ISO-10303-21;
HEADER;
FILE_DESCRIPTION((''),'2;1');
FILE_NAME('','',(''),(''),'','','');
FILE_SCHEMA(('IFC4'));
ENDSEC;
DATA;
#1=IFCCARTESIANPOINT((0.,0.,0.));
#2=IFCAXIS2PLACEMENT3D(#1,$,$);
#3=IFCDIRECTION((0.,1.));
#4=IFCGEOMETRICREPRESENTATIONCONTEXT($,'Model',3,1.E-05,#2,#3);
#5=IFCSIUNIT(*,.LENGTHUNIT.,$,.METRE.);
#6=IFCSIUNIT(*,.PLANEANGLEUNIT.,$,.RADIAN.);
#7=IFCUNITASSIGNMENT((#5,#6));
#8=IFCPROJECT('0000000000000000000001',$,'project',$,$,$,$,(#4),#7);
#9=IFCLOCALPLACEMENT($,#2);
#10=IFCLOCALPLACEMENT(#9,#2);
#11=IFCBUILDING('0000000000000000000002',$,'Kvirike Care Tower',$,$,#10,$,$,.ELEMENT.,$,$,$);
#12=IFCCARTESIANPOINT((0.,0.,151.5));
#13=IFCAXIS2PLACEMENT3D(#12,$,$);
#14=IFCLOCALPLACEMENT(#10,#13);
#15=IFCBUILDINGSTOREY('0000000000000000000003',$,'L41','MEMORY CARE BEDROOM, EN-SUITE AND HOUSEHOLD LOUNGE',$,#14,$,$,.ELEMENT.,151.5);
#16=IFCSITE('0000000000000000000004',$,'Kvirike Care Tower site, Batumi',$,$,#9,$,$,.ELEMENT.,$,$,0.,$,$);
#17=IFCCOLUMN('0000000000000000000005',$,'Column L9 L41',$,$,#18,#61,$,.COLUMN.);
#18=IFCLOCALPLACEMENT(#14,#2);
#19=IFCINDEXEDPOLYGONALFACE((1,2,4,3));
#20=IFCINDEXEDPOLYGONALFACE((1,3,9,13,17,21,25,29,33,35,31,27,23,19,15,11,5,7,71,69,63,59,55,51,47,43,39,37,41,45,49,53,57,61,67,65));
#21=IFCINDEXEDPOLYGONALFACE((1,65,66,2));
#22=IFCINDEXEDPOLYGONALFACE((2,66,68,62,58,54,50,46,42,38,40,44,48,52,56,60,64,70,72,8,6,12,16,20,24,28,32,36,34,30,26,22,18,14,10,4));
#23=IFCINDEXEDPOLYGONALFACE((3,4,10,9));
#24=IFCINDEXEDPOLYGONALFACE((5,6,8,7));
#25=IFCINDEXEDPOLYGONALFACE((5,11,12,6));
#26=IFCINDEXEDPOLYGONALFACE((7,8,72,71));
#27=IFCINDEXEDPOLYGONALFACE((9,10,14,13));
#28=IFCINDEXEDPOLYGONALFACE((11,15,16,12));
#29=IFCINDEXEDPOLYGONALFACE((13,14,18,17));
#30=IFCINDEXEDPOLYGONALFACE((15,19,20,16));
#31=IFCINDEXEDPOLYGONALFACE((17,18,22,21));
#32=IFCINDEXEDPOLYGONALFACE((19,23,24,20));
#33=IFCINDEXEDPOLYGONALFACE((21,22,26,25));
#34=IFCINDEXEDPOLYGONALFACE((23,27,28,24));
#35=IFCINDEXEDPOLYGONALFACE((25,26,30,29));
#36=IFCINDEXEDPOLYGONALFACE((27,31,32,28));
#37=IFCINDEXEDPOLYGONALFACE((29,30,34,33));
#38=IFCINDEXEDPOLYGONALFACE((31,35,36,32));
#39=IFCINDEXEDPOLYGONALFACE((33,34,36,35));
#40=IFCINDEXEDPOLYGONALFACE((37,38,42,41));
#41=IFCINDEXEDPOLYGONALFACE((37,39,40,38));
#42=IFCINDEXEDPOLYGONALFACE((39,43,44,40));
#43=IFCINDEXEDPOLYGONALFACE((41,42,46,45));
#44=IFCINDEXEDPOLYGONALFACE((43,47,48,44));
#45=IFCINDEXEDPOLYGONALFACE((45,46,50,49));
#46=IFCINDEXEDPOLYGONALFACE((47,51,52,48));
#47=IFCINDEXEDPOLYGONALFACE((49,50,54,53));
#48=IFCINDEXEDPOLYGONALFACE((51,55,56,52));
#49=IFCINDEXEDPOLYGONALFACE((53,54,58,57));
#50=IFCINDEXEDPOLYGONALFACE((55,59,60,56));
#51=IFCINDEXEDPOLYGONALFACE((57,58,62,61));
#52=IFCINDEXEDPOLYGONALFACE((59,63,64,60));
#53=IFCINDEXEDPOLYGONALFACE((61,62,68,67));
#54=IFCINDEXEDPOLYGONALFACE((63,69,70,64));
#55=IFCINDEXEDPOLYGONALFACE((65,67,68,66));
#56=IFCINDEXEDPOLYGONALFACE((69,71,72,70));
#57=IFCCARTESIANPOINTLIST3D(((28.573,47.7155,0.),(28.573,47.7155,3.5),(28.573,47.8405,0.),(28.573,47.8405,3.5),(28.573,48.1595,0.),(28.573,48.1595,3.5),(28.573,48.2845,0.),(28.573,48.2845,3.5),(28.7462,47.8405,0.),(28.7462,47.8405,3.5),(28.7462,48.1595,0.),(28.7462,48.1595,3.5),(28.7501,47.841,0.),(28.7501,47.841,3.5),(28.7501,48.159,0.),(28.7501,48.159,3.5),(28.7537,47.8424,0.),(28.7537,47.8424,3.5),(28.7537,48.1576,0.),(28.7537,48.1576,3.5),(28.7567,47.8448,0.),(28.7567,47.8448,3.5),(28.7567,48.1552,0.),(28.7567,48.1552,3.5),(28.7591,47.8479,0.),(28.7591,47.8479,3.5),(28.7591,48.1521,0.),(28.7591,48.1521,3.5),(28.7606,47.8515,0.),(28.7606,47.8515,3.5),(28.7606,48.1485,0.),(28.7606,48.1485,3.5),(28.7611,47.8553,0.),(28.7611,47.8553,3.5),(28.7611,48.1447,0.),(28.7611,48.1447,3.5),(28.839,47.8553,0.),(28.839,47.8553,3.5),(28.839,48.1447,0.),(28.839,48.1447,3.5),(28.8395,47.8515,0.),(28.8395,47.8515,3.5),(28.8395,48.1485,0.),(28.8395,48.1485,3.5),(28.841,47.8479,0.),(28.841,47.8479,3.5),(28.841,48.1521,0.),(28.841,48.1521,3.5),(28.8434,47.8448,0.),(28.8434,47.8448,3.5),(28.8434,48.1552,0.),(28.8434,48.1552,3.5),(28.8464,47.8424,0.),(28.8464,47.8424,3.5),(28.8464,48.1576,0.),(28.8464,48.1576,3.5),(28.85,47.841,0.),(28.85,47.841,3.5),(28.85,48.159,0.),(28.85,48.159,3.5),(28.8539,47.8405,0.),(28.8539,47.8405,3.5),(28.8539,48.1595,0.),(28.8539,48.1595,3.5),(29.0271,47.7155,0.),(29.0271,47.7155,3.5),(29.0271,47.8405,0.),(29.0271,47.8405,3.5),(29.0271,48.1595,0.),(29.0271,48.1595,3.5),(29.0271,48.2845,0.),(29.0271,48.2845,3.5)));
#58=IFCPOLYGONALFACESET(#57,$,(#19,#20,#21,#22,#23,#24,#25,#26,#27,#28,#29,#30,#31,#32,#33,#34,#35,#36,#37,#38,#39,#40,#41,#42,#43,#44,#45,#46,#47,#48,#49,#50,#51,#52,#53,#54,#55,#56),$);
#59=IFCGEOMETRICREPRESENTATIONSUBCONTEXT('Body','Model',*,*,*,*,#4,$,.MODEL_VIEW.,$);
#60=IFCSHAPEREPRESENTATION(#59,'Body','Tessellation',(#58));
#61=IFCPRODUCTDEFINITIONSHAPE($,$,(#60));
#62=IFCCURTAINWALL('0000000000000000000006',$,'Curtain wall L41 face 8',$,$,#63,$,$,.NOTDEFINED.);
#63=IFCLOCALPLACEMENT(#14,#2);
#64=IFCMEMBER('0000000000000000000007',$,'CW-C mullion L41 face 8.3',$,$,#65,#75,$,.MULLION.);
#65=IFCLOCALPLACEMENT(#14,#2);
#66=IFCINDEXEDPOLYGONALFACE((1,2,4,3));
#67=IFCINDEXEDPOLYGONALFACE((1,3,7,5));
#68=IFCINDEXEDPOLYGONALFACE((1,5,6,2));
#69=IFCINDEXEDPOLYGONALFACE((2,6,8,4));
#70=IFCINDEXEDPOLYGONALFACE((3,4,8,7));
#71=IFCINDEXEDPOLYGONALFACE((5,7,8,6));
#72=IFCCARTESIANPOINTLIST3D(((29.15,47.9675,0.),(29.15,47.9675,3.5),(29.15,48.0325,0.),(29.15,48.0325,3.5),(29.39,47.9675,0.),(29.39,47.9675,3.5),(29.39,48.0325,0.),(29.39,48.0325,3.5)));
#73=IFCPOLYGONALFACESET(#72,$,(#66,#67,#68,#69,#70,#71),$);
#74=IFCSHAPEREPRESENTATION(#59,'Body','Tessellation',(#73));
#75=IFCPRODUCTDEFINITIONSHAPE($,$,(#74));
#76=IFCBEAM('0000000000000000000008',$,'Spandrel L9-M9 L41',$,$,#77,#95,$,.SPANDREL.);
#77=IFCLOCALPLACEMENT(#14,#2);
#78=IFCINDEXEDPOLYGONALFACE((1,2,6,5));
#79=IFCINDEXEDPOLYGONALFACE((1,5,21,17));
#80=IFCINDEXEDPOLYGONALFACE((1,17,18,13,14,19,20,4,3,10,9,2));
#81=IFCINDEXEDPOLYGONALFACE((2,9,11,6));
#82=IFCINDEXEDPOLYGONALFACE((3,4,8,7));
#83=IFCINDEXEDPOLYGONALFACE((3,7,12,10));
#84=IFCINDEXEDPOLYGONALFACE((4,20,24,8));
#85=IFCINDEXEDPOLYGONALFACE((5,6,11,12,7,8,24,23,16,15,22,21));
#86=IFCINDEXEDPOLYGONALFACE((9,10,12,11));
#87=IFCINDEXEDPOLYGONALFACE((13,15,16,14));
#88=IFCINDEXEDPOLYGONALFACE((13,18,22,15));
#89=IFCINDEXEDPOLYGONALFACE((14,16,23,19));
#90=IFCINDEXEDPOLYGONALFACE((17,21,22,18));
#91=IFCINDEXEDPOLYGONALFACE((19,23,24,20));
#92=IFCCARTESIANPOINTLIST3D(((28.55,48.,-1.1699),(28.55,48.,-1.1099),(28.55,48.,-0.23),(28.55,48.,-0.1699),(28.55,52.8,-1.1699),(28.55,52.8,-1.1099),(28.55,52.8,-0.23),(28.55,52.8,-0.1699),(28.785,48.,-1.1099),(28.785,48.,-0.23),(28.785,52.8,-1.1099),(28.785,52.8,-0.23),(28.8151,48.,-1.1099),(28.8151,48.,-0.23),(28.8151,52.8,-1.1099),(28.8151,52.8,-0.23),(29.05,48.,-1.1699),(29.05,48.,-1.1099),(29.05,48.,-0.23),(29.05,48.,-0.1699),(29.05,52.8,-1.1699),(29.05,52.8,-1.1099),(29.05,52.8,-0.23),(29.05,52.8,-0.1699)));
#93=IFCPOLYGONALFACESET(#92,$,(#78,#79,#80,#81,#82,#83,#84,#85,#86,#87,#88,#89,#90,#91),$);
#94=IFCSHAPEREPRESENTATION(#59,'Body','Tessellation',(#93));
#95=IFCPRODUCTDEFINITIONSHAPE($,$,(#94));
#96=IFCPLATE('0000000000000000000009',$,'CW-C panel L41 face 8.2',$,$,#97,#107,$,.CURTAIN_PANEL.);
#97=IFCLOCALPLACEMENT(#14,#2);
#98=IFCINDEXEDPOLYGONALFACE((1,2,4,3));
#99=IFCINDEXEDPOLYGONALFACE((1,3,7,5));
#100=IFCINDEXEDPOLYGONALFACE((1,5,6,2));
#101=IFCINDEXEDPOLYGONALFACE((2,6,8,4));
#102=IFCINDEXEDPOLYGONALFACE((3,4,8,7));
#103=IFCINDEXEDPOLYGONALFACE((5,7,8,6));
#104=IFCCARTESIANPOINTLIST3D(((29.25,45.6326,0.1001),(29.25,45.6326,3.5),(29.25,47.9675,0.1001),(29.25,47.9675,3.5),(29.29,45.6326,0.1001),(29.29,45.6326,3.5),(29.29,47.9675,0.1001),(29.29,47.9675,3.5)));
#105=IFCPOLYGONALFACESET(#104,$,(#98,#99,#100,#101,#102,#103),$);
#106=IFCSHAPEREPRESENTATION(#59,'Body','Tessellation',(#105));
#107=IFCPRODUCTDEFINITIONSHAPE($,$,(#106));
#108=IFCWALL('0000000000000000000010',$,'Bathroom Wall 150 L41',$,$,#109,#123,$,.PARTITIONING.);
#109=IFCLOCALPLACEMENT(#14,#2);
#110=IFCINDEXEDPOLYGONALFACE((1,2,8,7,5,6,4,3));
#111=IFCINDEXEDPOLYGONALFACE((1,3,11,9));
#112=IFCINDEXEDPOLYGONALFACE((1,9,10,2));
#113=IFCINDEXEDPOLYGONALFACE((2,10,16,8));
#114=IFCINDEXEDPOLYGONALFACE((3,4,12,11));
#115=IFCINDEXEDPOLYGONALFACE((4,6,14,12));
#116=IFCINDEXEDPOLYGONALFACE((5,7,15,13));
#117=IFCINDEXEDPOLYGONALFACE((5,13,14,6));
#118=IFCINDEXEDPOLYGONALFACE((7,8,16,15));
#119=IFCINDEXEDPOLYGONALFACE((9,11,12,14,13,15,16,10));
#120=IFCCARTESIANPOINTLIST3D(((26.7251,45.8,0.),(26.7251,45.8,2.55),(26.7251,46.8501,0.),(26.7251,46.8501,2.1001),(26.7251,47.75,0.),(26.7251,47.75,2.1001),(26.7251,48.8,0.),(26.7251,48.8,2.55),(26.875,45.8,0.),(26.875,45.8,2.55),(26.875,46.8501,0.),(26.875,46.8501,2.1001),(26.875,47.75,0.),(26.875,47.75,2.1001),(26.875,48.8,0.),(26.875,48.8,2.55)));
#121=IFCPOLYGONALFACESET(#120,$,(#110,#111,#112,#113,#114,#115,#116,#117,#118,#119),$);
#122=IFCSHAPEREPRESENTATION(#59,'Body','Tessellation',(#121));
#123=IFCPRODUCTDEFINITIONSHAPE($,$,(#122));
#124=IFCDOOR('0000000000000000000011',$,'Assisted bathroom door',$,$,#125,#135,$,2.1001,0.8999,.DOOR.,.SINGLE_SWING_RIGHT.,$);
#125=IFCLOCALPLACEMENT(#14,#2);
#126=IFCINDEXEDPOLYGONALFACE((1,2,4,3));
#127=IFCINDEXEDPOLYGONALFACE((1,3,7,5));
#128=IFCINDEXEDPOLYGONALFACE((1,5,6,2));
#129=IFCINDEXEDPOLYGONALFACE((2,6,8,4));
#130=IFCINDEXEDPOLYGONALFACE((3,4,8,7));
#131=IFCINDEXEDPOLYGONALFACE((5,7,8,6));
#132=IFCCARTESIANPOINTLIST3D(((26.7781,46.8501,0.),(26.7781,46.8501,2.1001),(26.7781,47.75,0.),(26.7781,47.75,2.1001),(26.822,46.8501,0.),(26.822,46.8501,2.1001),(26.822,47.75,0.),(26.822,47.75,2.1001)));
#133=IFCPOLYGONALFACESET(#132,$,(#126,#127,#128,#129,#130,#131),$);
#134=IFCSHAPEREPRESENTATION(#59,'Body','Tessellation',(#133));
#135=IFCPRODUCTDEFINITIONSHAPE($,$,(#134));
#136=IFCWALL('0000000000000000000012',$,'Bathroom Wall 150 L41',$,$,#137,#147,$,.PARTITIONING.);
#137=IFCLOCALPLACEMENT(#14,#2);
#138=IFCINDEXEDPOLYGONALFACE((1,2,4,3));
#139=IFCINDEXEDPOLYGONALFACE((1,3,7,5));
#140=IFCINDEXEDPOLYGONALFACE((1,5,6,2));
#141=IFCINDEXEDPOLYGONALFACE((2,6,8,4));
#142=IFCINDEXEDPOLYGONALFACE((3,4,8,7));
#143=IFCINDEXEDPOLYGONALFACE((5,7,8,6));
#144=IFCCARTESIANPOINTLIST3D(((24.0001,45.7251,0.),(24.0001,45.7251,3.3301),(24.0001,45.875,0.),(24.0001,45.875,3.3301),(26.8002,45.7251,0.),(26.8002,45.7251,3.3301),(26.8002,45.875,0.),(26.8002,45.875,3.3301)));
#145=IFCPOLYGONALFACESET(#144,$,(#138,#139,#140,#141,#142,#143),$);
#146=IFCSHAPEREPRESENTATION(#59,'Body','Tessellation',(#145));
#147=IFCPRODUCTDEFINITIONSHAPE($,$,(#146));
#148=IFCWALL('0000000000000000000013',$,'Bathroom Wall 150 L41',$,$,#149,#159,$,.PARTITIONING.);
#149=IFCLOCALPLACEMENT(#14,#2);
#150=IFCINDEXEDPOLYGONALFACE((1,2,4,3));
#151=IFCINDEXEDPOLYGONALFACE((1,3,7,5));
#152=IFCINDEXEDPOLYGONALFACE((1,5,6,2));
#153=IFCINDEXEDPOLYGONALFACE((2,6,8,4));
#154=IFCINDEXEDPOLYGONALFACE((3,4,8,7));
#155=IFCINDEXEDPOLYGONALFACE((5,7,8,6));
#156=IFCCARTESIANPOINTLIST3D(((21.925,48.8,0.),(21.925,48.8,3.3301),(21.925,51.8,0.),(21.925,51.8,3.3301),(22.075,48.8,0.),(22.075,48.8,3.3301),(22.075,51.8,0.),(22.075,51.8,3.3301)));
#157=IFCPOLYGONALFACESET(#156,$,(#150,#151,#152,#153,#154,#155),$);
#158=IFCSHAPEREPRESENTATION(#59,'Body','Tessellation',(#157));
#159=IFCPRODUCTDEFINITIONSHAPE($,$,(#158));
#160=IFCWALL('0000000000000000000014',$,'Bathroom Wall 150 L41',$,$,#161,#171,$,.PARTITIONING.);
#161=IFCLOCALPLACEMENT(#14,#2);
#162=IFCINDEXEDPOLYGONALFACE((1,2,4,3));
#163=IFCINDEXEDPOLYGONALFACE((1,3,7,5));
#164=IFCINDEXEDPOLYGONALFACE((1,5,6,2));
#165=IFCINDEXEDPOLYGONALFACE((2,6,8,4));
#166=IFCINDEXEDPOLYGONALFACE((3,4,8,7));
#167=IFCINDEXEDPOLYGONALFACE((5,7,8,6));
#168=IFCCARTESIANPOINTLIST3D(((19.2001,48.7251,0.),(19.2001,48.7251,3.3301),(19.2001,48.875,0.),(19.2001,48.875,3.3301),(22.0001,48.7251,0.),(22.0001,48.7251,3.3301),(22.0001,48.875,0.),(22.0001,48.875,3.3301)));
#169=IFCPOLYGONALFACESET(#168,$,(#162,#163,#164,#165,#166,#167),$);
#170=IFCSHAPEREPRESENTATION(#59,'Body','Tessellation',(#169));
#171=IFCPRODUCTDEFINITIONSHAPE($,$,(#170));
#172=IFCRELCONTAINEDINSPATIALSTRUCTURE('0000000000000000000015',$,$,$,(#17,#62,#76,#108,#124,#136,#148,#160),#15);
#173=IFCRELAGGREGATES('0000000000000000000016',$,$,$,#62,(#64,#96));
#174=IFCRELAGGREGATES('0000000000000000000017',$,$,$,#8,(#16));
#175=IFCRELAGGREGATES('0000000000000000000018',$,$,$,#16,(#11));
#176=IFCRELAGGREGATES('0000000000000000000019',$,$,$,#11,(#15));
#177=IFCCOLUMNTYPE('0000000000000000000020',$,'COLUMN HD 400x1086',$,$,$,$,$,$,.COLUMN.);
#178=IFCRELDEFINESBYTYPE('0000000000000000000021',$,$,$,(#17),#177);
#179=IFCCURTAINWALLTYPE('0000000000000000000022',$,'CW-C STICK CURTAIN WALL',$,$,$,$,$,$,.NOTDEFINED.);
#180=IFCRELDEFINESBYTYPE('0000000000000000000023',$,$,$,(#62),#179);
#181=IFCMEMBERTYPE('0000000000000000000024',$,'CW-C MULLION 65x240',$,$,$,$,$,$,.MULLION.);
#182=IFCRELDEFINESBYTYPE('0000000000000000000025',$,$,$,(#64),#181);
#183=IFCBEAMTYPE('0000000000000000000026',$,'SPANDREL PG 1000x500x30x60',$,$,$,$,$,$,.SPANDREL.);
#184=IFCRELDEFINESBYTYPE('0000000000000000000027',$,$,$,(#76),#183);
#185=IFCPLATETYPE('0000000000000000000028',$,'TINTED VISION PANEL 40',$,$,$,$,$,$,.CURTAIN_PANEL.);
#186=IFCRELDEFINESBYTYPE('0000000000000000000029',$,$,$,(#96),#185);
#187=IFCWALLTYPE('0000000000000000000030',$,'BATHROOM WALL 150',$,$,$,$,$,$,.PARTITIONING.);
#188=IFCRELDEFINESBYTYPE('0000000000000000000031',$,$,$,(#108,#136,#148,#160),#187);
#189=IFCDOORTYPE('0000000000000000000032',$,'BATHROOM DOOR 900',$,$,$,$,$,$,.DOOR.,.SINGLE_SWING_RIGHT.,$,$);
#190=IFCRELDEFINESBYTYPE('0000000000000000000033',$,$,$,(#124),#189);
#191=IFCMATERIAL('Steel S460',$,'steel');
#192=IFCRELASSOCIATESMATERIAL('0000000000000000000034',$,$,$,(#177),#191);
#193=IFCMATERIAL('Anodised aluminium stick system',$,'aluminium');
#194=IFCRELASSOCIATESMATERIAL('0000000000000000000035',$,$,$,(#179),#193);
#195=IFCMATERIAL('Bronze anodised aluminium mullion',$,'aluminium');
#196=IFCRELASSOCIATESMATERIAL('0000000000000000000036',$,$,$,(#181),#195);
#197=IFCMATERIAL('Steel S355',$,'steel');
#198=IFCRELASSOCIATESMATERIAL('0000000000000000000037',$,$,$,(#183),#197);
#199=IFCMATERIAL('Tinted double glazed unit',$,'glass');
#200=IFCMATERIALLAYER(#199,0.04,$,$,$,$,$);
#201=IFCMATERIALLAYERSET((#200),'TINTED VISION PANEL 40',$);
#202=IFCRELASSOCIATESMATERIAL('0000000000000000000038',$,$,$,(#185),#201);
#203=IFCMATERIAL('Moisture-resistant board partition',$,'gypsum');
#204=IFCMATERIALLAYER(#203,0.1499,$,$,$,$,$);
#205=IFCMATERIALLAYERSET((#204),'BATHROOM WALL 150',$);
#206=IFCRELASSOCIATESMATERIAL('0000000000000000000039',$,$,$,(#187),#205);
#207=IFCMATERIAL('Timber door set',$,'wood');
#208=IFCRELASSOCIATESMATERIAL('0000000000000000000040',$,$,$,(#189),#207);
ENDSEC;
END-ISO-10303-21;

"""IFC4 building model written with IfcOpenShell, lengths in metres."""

from ifc_helpers import new_model, si_unit, direction, frame, frame_2d, origin, origin_2d, place, context, subcontext, project, spatial, rectangle, i_section, extrude, material, layer, layer_set, material_profile, profile_set, type_object, element, fill, aggregate, save


model = new_model("IFC4")

# Units and contexts
model_context = context("Model", 3, precision=1e-05, world=origin(), true_north=direction((0.0, 1.0)))
body_context = subcontext(model_context, "Body", "Model", "MODEL_VIEW")
ifc_project = project(units=[si_unit("LENGTHUNIT", "METRE"), si_unit("PLANEANGLEUNIT", "RADIAN")], contexts=[model_context])

# Site, building, storey
site_placement = place(None, origin())
site = spatial("IfcSite", under=ifc_project, at=site_placement, Name="Kvirike Care Tower site, Batumi", CompositionType="ELEMENT", RefElevation=0.0)
building_placement = place(site_placement, origin())
building = spatial("IfcBuilding", under=site, at=building_placement, Name="Kvirike Care Tower", CompositionType="ELEMENT")
storey_placement = place(building_placement, frame((0.0, 0.0, 151.5)))
storey = spatial("IfcBuildingStorey", under=building, at=storey_placement, Name="L41", Description="MEMORY CARE BEDROOM, EN-SUITE AND HOUSEHOLD LOUNGE", CompositionType="ELEMENT", Elevation=151.5)

# Column
ifc_material_1 = material(Name="Steel S460", Category="steel")
ifc_material_profile_1 = material_profile(ifc_material_1, i_section(OverallWidth=0.4541, OverallDepth=0.5691, WebThickness=0.0779, FlangeThickness=0.125, FilletRadius=0.0149, at=origin_2d()), Name="HD 400x1086")
ifc_profile_set_1 = profile_set([ifc_material_profile_1], Name="Steel S460")
column_type = type_object("IfcColumnType", Name="COLUMN HD 400x1086", PredefinedType="COLUMN", material=ifc_profile_set_1)
column_placement = place(storey_placement, frame((28.8, 48.0, 0.0), z_axis=(0.0, 0.0, 1.0), x_axis=(1.0, 0.0, 0.0)))
element("IfcColumn", 1, at=column_placement, inside=storey, type_object=column_type, Name="Column L9 L41", PredefinedType="COLUMN", context=body_context, shape_type="SweptSolid", body=[
    extrude(i_section(OverallWidth=0.4541, OverallDepth=0.5691, WebThickness=0.0779, FlangeThickness=0.125, FilletRadius=0.0149, at=origin_2d()), origin(), (0.0, 0.0, 1.0), 3.5),
])

# Curtain wall, member
ifc_material_2 = material(Name="Anodised aluminium stick system", Category="aluminium")
curtain_wall_type = type_object("IfcCurtainWallType", Name="CW-C STICK CURTAIN WALL", PredefinedType="NOTDEFINED", material=ifc_material_2)
curtain_wall_placement = place(storey_placement, origin())
curtain_wall = element("IfcCurtainWall", 2, at=curtain_wall_placement, inside=storey, type_object=curtain_wall_type, Name="Curtain wall L41 face 8", PredefinedType="NOTDEFINED")
ifc_material_3 = material(Name="Bronze anodised aluminium mullion", Category="aluminium")
ifc_material_profile_2 = material_profile(ifc_material_3, rectangle(XDim=0.0649, YDim=0.24, at=origin_2d()), Name="CW-C MULLION 65x240")
ifc_profile_set_2 = profile_set([ifc_material_profile_2], Name="Bronze anodised aluminium mullion")
member_type = type_object("IfcMemberType", Name="CW-C MULLION 65x240", PredefinedType="MULLION", material=ifc_profile_set_2)
member_placement = place(storey_placement, frame((29.27, 48.0, 0.0), z_axis=(0.0, 0.0, 1.0), x_axis=(0.0, 1.0, 0.0)))
member = element("IfcMember", 3, at=member_placement, type_object=member_type, Name="CW-C mullion L41 face 8.3", PredefinedType="MULLION", context=body_context, shape_type="SweptSolid", body=[
    extrude(rectangle(XDim=0.0649, YDim=0.24, at=origin_2d()), origin(), (0.0, 0.0, 1.0), 3.5),
])

# Beam
ifc_material_4 = material(Name="Steel S355", Category="steel")
ifc_material_profile_3 = material_profile(ifc_material_4, i_section(OverallWidth=0.5, OverallDepth=1.0, WebThickness=0.03, FlangeThickness=0.0601, at=origin_2d()), Name="PG 1000x500x30x60")
ifc_profile_set_3 = profile_set([ifc_material_profile_3], Name="Steel S355")
beam_type = type_object("IfcBeamType", Name="SPANDREL PG 1000x500x30x60", PredefinedType="SPANDREL", material=ifc_profile_set_3)
beam_placement = place(storey_placement, frame((28.8, 48.0, -0.6699), z_axis=(0.0, 1.0, 0.0), x_axis=(-1.0, 0.0, 0.0)))
element("IfcBeam", 4, at=beam_placement, inside=storey, type_object=beam_type, Name="Spandrel L9-M9 L41", PredefinedType="SPANDREL", context=body_context, shape_type="SweptSolid", body=[
    extrude(i_section(OverallWidth=0.5, OverallDepth=1.0, WebThickness=0.03, FlangeThickness=0.0601, at=origin_2d()), origin(), (0.0, 0.0, 1.0), 4.8),
])

# Plate
ifc_material_5 = material(Name="Tinted double glazed unit", Category="glass")
ifc_layer_1 = layer(ifc_material_5, 0.04)
ifc_layer_set_1 = layer_set([ifc_layer_1], Name="TINTED VISION PANEL 40")
plate_type = type_object("IfcPlateType", Name="TINTED VISION PANEL 40", PredefinedType="CURTAIN_PANEL", material=ifc_layer_set_1)
plate_placement = place(storey_placement, frame((29.27, 46.8, 0.1001), z_axis=(0.0, 0.0, 1.0), x_axis=(0.0, 1.0, 0.0)))
plate = element("IfcPlate", 5, at=plate_placement, type_object=plate_type, Name="CW-C panel L41 face 8.2", PredefinedType="CURTAIN_PANEL", context=body_context, shape_type="SweptSolid", body=[
    extrude(rectangle(XDim=2.335, YDim=0.04, at=origin_2d()), origin(), (0.0, 0.0, 1.0), 3.3999),
])
aggregate(curtain_wall, [member, plate])

# Wall, opening, door
ifc_material_6 = material(Name="Moisture-resistant board partition", Category="gypsum")
ifc_layer_2 = layer(ifc_material_6, 0.1499)
ifc_layer_set_2 = layer_set([ifc_layer_2], Name="BATHROOM WALL 150")
wall_type_1 = type_object("IfcWallType", Name="BATHROOM WALL 150", PredefinedType="PARTITIONING", material=ifc_layer_set_2)
wall_1_placement = place(storey_placement, frame((26.8, 48.8, 0.0), z_axis=(0.0, 0.0, 1.0), x_axis=(0.0, -1.0, 0.0)))
wall_1 = element("IfcWall", 6, at=wall_1_placement, inside=storey, type_object=wall_type_1, Name="Bathroom Wall 150 L41", PredefinedType="PARTITIONING", context=body_context, shape_type="SweptSolid", body=[
    extrude(rectangle(XDim=3.0, YDim=0.1499, at=frame_2d((1.5, 0.0))), origin(), (0.0, 0.0, 1.0), 2.55),
])
opening_1_placement = place(wall_1_placement, frame((1.05, 0.0, 0.0)))
opening_1 = element("IfcOpeningElement", 7, at=opening_1_placement, cuts=wall_1, PredefinedType="OPENING", context=body_context, shape_type="SweptSolid", body=[
    extrude(rectangle(XDim=0.8999, YDim=2.1001, at=frame_2d((0.45, 1.05))), frame((0.0, 0.0854, 0.0), z_axis=(0.0, -1.0, 0.0), x_axis=(1.0, 0.0, 0.0)), (0.0, 0.0, 1.0), 0.1709),
])
ifc_material_7 = material(Name="Timber door set", Category="wood")
door_type_1 = type_object("IfcDoorType", Name="BATHROOM DOOR 900", OperationType="SINGLE_SWING_RIGHT", PredefinedType="DOOR", material=ifc_material_7)
door_1_placement = place(opening_1_placement, origin())
door_1 = element("IfcDoor", 8, at=door_1_placement, inside=storey, type_object=door_type_1, Name="Assisted bathroom door", OperationType="SINGLE_SWING_RIGHT", OverallHeight=2.1001, OverallWidth=0.8999, PredefinedType="DOOR", context=body_context, shape_type="SweptSolid", body=[
    extrude(rectangle(XDim=0.8999, YDim=2.1001, at=frame_2d((0.45, 1.05))), frame((0.0, 0.022, 0.0), z_axis=(0.0, -1.0, 0.0), x_axis=(1.0, 0.0, 0.0)), (0.0, 0.0, 1.0), 0.0439),
])
fill(opening_1, door_1)

# Walls
wall_2_placement = place(storey_placement, frame((26.8, 45.8, 0.0), z_axis=(0.0, 0.0, 1.0), x_axis=(-1.0, 0.0, 0.0)))
element("IfcWall", 9, at=wall_2_placement, inside=storey, type_object=wall_type_1, Name="Bathroom Wall 150 L41", PredefinedType="PARTITIONING", context=body_context, shape_type="SweptSolid", body=[
    extrude(rectangle(XDim=2.8, YDim=0.1499, at=frame_2d((1.3999, 0.0))), origin(), (0.0, 0.0, 1.0), 3.3301),
])
wall_3_placement = place(storey_placement, frame((22.0, 51.8, 0.0), z_axis=(0.0, 0.0, 1.0), x_axis=(0.0, -1.0, 0.0)))
element("IfcWall", 10, at=wall_3_placement, inside=storey, type_object=wall_type_1, Name="Bathroom Wall 150 L41", PredefinedType="PARTITIONING", context=body_context, shape_type="SweptSolid", body=[
    extrude(rectangle(XDim=3.0, YDim=0.1499, at=frame_2d((1.5, 0.0))), origin(), (0.0, 0.0, 1.0), 3.3301),
])
wall_4_placement = place(storey_placement, frame((22.0, 48.8, 0.0), z_axis=(0.0, 0.0, 1.0), x_axis=(-1.0, 0.0, 0.0)))
element("IfcWall", 11, at=wall_4_placement, inside=storey, type_object=wall_type_1, Name="Bathroom Wall 150 L41", PredefinedType="PARTITIONING", context=body_context, shape_type="SweptSolid", body=[
    extrude(rectangle(XDim=2.8, YDim=0.1499, at=frame_2d((1.3999, 0.0))), origin(), (0.0, 0.0, 1.0), 3.3301),
])

save(model, "model.ifc")
